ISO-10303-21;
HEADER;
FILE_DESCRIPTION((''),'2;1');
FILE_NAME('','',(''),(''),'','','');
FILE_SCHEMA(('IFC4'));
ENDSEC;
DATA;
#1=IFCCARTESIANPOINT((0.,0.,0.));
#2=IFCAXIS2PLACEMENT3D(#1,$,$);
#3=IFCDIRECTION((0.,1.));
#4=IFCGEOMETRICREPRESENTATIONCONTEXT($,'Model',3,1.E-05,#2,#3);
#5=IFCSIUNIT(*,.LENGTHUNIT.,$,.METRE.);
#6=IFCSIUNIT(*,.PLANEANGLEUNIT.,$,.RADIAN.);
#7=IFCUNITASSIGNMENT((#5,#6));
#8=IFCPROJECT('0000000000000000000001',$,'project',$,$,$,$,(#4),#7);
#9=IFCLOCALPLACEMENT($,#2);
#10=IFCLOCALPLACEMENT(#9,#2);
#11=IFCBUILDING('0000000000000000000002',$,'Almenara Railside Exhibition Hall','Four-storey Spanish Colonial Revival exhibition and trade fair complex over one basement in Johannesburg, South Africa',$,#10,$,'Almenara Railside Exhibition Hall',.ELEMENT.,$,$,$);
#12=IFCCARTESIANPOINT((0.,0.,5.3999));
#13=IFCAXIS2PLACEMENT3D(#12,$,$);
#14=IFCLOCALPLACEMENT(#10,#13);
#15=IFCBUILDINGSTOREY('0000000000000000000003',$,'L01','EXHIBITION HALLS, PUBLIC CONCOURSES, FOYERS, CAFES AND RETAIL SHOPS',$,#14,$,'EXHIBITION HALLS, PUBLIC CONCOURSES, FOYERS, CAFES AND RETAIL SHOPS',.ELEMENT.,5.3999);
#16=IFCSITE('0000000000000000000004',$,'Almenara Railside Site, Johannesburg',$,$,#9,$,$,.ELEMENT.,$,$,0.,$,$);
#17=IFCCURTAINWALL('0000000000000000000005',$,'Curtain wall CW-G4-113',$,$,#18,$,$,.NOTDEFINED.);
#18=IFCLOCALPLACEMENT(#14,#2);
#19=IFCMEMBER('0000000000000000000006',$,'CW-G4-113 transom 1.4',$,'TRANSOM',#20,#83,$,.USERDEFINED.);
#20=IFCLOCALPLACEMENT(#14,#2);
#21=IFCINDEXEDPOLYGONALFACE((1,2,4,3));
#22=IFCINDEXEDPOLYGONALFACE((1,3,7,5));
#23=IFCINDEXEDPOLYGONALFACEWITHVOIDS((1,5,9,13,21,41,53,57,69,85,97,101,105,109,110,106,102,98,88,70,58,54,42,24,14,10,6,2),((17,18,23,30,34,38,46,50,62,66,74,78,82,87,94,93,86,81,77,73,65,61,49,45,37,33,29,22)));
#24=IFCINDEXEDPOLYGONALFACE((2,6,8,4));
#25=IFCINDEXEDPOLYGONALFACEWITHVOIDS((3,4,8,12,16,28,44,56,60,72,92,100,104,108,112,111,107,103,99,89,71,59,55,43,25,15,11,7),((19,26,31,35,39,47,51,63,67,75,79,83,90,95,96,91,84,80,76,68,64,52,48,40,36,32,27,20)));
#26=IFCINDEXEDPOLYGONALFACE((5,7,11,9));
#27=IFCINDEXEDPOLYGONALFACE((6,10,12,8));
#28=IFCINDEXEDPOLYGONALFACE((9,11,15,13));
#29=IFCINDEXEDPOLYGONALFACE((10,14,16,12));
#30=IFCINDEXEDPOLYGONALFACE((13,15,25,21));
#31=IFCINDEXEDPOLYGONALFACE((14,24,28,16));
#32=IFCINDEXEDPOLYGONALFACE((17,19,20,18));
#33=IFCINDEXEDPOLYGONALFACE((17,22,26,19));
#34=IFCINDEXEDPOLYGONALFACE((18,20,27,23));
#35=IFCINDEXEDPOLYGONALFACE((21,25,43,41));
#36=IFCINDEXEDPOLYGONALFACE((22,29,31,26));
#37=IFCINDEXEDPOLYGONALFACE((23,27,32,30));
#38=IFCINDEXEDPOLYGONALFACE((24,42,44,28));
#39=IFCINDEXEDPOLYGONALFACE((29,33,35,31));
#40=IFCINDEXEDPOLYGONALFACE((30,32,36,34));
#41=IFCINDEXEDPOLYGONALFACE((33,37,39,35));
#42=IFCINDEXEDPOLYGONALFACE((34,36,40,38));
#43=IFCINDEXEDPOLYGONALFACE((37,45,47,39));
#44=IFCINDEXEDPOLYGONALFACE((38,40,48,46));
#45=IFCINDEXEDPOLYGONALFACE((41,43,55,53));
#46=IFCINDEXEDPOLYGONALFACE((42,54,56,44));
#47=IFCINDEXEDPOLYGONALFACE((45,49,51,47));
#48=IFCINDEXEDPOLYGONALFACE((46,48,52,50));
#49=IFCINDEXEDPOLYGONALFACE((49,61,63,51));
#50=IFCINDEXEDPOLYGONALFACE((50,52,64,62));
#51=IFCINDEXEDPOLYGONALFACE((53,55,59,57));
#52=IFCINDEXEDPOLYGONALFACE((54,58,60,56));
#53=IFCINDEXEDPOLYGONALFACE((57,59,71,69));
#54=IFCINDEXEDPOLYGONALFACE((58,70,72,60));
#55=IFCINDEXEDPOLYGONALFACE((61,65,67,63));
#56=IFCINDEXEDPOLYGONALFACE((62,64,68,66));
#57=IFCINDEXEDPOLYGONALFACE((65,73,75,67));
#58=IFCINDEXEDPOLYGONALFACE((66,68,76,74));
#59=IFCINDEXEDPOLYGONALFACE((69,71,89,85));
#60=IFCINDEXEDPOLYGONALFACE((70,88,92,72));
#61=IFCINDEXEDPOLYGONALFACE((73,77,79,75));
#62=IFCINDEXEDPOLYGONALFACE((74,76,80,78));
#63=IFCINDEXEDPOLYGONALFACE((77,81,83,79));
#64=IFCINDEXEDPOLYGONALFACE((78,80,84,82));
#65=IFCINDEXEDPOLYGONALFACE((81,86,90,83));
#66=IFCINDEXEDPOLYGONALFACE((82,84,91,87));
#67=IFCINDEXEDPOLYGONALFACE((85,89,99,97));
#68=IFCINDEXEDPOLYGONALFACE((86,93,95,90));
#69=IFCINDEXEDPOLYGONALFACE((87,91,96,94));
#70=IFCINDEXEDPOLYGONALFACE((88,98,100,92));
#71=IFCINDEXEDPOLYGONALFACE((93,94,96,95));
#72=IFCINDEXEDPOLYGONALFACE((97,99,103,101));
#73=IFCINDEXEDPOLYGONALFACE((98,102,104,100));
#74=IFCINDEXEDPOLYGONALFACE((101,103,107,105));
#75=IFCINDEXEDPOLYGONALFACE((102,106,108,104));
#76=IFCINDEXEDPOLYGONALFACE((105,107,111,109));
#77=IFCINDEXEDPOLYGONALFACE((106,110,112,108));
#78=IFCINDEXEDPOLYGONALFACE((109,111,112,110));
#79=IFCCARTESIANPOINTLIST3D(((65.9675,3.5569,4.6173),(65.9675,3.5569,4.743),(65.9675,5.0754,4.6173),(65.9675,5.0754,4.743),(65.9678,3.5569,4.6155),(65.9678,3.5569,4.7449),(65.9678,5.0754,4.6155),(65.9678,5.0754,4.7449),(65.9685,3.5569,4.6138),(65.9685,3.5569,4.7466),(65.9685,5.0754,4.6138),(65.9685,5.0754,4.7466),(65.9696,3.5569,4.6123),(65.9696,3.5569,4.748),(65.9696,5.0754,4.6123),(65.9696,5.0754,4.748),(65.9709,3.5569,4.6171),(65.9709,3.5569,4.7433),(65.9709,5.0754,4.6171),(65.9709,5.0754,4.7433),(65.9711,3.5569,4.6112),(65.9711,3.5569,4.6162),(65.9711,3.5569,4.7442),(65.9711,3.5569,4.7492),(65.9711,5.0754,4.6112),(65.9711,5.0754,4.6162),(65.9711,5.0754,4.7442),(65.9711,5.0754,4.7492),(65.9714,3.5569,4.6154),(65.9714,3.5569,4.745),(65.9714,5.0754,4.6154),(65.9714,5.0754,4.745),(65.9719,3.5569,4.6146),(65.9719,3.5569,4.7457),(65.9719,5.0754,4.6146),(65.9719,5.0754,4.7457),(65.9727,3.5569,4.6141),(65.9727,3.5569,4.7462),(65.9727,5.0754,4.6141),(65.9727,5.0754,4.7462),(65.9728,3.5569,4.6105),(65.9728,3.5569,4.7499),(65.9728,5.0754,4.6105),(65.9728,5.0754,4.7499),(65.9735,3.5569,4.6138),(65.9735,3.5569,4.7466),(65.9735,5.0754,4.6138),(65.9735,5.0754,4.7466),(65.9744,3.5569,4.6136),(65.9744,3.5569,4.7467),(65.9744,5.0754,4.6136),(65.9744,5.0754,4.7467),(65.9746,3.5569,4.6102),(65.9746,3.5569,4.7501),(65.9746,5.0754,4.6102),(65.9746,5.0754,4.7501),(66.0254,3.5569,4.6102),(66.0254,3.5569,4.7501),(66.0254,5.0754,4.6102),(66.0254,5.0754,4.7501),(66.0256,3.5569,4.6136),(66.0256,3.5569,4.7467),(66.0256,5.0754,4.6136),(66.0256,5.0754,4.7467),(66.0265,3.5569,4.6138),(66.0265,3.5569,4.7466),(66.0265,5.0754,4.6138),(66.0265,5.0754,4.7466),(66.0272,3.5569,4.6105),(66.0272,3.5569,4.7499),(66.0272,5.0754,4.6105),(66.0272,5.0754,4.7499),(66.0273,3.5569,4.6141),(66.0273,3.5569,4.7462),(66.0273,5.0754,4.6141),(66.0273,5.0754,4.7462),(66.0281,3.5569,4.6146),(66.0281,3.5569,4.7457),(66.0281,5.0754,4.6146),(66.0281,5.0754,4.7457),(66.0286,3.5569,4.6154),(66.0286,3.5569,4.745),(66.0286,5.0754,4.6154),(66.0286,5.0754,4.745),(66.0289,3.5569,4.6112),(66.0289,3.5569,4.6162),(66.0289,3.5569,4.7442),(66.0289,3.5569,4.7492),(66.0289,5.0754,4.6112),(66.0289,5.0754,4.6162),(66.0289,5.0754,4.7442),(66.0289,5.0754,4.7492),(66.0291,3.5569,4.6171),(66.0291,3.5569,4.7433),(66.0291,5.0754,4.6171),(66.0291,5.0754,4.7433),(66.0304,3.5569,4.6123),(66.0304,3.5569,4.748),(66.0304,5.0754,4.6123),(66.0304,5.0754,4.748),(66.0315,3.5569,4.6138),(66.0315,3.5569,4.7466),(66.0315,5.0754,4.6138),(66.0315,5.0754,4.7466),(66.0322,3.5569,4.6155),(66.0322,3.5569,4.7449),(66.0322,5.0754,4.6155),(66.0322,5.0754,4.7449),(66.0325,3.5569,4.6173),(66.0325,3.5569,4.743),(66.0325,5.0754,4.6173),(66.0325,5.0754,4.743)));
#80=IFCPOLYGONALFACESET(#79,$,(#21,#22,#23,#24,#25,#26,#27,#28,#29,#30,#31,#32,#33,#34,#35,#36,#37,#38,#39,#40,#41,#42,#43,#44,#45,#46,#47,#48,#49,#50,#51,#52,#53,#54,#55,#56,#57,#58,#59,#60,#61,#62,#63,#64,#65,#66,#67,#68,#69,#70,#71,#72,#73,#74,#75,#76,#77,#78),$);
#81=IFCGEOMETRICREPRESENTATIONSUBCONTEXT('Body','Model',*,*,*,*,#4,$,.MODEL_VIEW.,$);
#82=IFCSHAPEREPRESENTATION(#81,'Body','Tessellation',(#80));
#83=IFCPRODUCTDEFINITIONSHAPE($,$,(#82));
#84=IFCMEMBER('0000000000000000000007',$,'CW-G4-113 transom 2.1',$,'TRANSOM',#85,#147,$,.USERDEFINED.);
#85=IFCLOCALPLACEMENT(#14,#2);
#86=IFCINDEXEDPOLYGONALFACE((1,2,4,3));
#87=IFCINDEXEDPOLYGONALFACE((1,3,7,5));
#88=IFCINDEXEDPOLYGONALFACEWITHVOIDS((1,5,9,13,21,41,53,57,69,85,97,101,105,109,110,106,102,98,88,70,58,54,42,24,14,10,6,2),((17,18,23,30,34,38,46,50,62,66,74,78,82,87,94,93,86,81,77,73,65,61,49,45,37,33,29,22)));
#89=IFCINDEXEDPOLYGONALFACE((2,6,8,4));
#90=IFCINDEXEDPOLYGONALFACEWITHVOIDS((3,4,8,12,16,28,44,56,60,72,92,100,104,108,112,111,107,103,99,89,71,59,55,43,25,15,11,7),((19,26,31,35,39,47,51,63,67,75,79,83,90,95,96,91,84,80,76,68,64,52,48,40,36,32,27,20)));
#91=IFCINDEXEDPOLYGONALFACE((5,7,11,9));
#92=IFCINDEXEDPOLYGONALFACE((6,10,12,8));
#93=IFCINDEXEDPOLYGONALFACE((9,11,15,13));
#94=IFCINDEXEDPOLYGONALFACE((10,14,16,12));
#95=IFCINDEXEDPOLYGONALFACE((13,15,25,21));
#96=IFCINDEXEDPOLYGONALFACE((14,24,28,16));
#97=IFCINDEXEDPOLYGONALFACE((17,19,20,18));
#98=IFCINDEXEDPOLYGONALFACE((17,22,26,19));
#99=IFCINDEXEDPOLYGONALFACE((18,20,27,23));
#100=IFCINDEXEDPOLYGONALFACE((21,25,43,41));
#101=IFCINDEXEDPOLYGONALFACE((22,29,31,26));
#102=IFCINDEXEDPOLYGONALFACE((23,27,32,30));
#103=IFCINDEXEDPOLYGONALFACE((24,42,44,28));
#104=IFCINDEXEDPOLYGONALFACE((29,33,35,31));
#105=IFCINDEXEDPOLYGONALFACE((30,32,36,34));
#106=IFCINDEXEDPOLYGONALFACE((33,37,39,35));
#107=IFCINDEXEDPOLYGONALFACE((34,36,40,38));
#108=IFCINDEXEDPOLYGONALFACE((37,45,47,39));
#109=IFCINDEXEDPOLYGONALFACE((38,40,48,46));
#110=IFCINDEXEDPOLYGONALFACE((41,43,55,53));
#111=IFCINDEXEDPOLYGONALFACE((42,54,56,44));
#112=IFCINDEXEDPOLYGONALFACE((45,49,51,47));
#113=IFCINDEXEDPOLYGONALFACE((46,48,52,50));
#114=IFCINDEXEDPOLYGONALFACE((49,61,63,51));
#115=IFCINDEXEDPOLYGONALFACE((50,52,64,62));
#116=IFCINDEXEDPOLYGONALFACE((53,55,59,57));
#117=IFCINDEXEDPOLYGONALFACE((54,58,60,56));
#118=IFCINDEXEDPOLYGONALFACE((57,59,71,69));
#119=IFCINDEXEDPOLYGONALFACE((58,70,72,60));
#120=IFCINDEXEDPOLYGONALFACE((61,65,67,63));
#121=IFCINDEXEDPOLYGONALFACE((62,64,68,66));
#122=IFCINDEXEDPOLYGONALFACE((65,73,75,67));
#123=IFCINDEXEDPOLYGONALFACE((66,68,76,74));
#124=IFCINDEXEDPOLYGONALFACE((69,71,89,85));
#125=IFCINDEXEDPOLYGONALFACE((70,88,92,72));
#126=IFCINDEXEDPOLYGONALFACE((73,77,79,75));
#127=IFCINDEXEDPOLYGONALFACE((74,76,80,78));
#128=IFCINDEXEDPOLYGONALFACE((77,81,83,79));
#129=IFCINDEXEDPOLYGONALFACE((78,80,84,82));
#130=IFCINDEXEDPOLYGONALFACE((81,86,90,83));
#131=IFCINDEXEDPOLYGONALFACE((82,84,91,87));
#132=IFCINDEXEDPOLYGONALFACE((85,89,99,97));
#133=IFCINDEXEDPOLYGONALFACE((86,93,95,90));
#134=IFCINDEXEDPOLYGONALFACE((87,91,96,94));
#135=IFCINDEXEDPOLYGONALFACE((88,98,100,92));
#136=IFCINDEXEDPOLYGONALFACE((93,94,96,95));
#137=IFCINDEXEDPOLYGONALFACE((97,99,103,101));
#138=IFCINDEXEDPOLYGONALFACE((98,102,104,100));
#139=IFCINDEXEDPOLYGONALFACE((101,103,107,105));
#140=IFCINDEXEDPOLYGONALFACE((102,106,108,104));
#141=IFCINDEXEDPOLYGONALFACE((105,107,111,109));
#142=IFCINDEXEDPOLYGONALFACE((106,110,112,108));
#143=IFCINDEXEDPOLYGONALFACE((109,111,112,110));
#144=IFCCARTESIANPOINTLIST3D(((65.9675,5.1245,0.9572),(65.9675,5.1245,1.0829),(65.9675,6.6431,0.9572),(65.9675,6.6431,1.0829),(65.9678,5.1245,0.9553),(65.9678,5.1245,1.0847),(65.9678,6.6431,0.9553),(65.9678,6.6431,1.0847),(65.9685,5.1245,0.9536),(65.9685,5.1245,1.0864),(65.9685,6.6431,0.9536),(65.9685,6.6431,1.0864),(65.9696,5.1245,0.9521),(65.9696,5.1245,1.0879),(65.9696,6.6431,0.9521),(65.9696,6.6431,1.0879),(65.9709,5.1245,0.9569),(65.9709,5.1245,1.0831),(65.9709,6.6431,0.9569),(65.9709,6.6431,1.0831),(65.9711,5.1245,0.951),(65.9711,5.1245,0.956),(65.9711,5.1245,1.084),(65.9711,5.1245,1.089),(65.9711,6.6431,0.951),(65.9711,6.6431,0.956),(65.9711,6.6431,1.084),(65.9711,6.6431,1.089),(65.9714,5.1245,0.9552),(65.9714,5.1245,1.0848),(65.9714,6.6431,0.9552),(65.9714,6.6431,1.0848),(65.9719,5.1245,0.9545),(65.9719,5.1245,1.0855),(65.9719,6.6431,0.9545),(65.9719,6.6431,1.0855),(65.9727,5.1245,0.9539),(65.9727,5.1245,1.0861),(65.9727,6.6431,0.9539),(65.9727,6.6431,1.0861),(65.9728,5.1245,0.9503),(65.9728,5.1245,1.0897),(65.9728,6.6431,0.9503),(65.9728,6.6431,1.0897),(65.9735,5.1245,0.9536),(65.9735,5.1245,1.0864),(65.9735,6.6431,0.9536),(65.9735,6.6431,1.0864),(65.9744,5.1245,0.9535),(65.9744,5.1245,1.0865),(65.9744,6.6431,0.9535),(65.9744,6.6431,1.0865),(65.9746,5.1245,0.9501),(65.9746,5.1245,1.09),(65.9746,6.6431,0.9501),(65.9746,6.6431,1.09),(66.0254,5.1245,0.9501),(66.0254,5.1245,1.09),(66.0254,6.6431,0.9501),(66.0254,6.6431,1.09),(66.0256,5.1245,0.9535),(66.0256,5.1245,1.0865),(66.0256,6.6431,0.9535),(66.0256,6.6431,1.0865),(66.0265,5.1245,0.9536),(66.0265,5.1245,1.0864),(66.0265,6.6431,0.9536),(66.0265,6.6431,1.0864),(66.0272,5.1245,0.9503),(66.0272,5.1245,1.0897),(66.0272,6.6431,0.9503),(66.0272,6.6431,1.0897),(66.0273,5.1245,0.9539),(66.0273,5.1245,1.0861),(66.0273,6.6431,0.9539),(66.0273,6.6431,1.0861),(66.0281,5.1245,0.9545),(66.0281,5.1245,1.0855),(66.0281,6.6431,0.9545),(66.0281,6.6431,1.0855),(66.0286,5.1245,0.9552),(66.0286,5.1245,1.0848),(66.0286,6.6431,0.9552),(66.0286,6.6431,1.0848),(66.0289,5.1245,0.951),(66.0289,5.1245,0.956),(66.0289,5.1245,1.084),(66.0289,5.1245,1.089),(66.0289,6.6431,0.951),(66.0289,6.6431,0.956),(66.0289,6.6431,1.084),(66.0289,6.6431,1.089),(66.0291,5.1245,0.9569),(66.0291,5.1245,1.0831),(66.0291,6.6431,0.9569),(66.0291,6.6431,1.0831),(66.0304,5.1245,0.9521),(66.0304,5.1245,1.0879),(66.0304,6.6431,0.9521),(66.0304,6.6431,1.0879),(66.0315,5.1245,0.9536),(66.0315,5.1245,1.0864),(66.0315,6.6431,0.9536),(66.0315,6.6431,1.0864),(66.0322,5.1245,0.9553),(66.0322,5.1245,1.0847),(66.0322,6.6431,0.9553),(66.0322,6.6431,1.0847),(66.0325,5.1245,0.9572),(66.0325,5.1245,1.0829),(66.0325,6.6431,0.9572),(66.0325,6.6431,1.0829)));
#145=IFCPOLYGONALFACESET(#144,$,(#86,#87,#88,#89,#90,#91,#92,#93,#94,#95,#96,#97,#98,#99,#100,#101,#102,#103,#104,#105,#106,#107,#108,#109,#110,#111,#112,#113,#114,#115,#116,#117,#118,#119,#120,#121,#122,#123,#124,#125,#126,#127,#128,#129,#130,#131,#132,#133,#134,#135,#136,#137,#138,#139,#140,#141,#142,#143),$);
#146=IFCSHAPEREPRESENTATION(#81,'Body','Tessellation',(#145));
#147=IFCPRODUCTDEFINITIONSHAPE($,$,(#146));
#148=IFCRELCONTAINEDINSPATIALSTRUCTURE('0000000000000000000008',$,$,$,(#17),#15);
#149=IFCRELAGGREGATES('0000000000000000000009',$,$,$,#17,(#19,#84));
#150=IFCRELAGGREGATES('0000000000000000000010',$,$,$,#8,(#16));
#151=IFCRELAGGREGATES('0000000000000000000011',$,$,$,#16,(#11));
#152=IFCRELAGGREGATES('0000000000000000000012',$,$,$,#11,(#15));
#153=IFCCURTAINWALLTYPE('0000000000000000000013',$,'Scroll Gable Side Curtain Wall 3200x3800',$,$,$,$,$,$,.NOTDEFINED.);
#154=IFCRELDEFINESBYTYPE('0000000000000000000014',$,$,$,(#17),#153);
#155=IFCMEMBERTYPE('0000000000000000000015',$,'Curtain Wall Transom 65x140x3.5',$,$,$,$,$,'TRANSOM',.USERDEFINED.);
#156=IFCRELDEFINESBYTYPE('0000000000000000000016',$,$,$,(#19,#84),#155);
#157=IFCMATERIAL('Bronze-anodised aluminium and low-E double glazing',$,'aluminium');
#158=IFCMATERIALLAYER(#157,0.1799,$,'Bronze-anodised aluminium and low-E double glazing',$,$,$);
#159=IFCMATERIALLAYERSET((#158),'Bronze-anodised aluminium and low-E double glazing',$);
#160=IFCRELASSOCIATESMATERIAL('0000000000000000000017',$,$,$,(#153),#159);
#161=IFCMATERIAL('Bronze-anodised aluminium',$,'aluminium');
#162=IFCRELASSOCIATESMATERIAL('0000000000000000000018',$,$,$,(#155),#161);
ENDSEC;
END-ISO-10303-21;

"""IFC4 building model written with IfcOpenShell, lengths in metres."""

from ifc_helpers import new_model, si_unit, direction, frame, origin, origin_2d, place, context, subcontext, project, spatial, hollow_rectangle, extrude, material, layer, layer_set, material_profile, profile_set, type_object, element, aggregate, save


model = new_model("IFC4")

# Units and contexts
model_context = context("Model", 3, precision=1e-05, world=origin(), true_north=direction((0.0, 1.0)))
body_context = subcontext(model_context, "Body", "Model", "MODEL_VIEW")
ifc_project = project(units=[si_unit("LENGTHUNIT", "METRE"), si_unit("PLANEANGLEUNIT", "RADIAN")], contexts=[model_context])

# Site, building, storey
site_placement = place(None, origin())
site = spatial("IfcSite", under=ifc_project, at=site_placement, Name="Almenara Railside Site, Johannesburg", CompositionType="ELEMENT", RefElevation=0.0)
building_placement = place(site_placement, origin())
building = spatial("IfcBuilding", under=site, at=building_placement, Name="Almenara Railside Exhibition Hall", Description="Four-storey Spanish Colonial Revival exhibition and trade fair complex over one basement in Johannesburg, South Africa", LongName="Almenara Railside Exhibition Hall", CompositionType="ELEMENT")
storey_placement = place(building_placement, frame((0.0, 0.0, 5.3999)))
storey = spatial("IfcBuildingStorey", under=building, at=storey_placement, Name="L01", Description="EXHIBITION HALLS, PUBLIC CONCOURSES, FOYERS, CAFES AND RETAIL SHOPS", LongName="EXHIBITION HALLS, PUBLIC CONCOURSES, FOYERS, CAFES AND RETAIL SHOPS", CompositionType="ELEMENT", Elevation=5.3999)

# Curtain wall
ifc_material_1 = material(Name="Bronze-anodised aluminium and low-E double glazing", Category="aluminium")
ifc_material_2 = material(Name="Bronze-anodised aluminium", Category="aluminium")
ifc_layer_1 = layer(ifc_material_1, 0.1799, Name="Bronze-anodised aluminium and low-E double glazing")
ifc_layer_set_1 = layer_set([ifc_layer_1], Name="Bronze-anodised aluminium and low-E double glazing")
curtain_wall_type_1 = type_object("IfcCurtainWallType", Name="Scroll Gable Side Curtain Wall 3200x3800", PredefinedType="NOTDEFINED", material=ifc_layer_set_1)
curtain_wall_1_placement = place(storey_placement, origin())
curtain_wall_1 = element("IfcCurtainWall", 1, at=curtain_wall_1_placement, inside=storey, type_object=curtain_wall_type_1, Name="Curtain wall CW-G4-113", PredefinedType="NOTDEFINED")

# Members
ifc_material_profile_1 = material_profile(ifc_material_2, hollow_rectangle(XDim=0.0649, YDim=0.1399, WallThickness=0.0034, InnerFilletRadius=0.0034, OuterFilletRadius=0.0071, at=origin_2d()), Name="ALU-TRN 65x140x3.5")
ifc_profile_set_1 = profile_set([ifc_material_profile_1], Name="Bronze-anodised aluminium")
member_type_1 = type_object("IfcMemberType", Name="Curtain Wall Transom 65x140x3.5", ElementType="TRANSOM", PredefinedType="USERDEFINED", material=ifc_profile_set_1)
member_1_placement = place(storey_placement, frame((66.0, 3.5569, 4.6802), z_axis=(0.0, 1.0, 0.0), x_axis=(-1.0, 0.0, 0.0)))
member_1 = element("IfcMember", 2, at=member_1_placement, type_object=member_type_1, Name="CW-G4-113 transom 1.4", ObjectType="TRANSOM", PredefinedType="USERDEFINED", context=body_context, shape_type="SweptSolid", body=[
    extrude(hollow_rectangle(XDim=0.0649, YDim=0.1399, WallThickness=0.0034, InnerFilletRadius=0.0034, OuterFilletRadius=0.0071, at=origin_2d()), origin(), (0.0, 0.0, 1.0), 1.5186),
])
member_2_placement = place(storey_placement, frame((66.0, 5.1245, 1.02), z_axis=(0.0, 1.0, 0.0), x_axis=(-1.0, 0.0, 0.0)))
member_2 = element("IfcMember", 3, at=member_2_placement, type_object=member_type_1, Name="CW-G4-113 transom 2.1", ObjectType="TRANSOM", PredefinedType="USERDEFINED", context=body_context, shape_type="SweptSolid", body=[
    extrude(hollow_rectangle(XDim=0.0649, YDim=0.1399, WallThickness=0.0034, InnerFilletRadius=0.0034, OuterFilletRadius=0.0071, at=origin_2d()), origin(), (0.0, 0.0, 1.0), 1.5186),
])

aggregate(curtain_wall_1, [member_1, member_2])

save(model, "model.ifc")
